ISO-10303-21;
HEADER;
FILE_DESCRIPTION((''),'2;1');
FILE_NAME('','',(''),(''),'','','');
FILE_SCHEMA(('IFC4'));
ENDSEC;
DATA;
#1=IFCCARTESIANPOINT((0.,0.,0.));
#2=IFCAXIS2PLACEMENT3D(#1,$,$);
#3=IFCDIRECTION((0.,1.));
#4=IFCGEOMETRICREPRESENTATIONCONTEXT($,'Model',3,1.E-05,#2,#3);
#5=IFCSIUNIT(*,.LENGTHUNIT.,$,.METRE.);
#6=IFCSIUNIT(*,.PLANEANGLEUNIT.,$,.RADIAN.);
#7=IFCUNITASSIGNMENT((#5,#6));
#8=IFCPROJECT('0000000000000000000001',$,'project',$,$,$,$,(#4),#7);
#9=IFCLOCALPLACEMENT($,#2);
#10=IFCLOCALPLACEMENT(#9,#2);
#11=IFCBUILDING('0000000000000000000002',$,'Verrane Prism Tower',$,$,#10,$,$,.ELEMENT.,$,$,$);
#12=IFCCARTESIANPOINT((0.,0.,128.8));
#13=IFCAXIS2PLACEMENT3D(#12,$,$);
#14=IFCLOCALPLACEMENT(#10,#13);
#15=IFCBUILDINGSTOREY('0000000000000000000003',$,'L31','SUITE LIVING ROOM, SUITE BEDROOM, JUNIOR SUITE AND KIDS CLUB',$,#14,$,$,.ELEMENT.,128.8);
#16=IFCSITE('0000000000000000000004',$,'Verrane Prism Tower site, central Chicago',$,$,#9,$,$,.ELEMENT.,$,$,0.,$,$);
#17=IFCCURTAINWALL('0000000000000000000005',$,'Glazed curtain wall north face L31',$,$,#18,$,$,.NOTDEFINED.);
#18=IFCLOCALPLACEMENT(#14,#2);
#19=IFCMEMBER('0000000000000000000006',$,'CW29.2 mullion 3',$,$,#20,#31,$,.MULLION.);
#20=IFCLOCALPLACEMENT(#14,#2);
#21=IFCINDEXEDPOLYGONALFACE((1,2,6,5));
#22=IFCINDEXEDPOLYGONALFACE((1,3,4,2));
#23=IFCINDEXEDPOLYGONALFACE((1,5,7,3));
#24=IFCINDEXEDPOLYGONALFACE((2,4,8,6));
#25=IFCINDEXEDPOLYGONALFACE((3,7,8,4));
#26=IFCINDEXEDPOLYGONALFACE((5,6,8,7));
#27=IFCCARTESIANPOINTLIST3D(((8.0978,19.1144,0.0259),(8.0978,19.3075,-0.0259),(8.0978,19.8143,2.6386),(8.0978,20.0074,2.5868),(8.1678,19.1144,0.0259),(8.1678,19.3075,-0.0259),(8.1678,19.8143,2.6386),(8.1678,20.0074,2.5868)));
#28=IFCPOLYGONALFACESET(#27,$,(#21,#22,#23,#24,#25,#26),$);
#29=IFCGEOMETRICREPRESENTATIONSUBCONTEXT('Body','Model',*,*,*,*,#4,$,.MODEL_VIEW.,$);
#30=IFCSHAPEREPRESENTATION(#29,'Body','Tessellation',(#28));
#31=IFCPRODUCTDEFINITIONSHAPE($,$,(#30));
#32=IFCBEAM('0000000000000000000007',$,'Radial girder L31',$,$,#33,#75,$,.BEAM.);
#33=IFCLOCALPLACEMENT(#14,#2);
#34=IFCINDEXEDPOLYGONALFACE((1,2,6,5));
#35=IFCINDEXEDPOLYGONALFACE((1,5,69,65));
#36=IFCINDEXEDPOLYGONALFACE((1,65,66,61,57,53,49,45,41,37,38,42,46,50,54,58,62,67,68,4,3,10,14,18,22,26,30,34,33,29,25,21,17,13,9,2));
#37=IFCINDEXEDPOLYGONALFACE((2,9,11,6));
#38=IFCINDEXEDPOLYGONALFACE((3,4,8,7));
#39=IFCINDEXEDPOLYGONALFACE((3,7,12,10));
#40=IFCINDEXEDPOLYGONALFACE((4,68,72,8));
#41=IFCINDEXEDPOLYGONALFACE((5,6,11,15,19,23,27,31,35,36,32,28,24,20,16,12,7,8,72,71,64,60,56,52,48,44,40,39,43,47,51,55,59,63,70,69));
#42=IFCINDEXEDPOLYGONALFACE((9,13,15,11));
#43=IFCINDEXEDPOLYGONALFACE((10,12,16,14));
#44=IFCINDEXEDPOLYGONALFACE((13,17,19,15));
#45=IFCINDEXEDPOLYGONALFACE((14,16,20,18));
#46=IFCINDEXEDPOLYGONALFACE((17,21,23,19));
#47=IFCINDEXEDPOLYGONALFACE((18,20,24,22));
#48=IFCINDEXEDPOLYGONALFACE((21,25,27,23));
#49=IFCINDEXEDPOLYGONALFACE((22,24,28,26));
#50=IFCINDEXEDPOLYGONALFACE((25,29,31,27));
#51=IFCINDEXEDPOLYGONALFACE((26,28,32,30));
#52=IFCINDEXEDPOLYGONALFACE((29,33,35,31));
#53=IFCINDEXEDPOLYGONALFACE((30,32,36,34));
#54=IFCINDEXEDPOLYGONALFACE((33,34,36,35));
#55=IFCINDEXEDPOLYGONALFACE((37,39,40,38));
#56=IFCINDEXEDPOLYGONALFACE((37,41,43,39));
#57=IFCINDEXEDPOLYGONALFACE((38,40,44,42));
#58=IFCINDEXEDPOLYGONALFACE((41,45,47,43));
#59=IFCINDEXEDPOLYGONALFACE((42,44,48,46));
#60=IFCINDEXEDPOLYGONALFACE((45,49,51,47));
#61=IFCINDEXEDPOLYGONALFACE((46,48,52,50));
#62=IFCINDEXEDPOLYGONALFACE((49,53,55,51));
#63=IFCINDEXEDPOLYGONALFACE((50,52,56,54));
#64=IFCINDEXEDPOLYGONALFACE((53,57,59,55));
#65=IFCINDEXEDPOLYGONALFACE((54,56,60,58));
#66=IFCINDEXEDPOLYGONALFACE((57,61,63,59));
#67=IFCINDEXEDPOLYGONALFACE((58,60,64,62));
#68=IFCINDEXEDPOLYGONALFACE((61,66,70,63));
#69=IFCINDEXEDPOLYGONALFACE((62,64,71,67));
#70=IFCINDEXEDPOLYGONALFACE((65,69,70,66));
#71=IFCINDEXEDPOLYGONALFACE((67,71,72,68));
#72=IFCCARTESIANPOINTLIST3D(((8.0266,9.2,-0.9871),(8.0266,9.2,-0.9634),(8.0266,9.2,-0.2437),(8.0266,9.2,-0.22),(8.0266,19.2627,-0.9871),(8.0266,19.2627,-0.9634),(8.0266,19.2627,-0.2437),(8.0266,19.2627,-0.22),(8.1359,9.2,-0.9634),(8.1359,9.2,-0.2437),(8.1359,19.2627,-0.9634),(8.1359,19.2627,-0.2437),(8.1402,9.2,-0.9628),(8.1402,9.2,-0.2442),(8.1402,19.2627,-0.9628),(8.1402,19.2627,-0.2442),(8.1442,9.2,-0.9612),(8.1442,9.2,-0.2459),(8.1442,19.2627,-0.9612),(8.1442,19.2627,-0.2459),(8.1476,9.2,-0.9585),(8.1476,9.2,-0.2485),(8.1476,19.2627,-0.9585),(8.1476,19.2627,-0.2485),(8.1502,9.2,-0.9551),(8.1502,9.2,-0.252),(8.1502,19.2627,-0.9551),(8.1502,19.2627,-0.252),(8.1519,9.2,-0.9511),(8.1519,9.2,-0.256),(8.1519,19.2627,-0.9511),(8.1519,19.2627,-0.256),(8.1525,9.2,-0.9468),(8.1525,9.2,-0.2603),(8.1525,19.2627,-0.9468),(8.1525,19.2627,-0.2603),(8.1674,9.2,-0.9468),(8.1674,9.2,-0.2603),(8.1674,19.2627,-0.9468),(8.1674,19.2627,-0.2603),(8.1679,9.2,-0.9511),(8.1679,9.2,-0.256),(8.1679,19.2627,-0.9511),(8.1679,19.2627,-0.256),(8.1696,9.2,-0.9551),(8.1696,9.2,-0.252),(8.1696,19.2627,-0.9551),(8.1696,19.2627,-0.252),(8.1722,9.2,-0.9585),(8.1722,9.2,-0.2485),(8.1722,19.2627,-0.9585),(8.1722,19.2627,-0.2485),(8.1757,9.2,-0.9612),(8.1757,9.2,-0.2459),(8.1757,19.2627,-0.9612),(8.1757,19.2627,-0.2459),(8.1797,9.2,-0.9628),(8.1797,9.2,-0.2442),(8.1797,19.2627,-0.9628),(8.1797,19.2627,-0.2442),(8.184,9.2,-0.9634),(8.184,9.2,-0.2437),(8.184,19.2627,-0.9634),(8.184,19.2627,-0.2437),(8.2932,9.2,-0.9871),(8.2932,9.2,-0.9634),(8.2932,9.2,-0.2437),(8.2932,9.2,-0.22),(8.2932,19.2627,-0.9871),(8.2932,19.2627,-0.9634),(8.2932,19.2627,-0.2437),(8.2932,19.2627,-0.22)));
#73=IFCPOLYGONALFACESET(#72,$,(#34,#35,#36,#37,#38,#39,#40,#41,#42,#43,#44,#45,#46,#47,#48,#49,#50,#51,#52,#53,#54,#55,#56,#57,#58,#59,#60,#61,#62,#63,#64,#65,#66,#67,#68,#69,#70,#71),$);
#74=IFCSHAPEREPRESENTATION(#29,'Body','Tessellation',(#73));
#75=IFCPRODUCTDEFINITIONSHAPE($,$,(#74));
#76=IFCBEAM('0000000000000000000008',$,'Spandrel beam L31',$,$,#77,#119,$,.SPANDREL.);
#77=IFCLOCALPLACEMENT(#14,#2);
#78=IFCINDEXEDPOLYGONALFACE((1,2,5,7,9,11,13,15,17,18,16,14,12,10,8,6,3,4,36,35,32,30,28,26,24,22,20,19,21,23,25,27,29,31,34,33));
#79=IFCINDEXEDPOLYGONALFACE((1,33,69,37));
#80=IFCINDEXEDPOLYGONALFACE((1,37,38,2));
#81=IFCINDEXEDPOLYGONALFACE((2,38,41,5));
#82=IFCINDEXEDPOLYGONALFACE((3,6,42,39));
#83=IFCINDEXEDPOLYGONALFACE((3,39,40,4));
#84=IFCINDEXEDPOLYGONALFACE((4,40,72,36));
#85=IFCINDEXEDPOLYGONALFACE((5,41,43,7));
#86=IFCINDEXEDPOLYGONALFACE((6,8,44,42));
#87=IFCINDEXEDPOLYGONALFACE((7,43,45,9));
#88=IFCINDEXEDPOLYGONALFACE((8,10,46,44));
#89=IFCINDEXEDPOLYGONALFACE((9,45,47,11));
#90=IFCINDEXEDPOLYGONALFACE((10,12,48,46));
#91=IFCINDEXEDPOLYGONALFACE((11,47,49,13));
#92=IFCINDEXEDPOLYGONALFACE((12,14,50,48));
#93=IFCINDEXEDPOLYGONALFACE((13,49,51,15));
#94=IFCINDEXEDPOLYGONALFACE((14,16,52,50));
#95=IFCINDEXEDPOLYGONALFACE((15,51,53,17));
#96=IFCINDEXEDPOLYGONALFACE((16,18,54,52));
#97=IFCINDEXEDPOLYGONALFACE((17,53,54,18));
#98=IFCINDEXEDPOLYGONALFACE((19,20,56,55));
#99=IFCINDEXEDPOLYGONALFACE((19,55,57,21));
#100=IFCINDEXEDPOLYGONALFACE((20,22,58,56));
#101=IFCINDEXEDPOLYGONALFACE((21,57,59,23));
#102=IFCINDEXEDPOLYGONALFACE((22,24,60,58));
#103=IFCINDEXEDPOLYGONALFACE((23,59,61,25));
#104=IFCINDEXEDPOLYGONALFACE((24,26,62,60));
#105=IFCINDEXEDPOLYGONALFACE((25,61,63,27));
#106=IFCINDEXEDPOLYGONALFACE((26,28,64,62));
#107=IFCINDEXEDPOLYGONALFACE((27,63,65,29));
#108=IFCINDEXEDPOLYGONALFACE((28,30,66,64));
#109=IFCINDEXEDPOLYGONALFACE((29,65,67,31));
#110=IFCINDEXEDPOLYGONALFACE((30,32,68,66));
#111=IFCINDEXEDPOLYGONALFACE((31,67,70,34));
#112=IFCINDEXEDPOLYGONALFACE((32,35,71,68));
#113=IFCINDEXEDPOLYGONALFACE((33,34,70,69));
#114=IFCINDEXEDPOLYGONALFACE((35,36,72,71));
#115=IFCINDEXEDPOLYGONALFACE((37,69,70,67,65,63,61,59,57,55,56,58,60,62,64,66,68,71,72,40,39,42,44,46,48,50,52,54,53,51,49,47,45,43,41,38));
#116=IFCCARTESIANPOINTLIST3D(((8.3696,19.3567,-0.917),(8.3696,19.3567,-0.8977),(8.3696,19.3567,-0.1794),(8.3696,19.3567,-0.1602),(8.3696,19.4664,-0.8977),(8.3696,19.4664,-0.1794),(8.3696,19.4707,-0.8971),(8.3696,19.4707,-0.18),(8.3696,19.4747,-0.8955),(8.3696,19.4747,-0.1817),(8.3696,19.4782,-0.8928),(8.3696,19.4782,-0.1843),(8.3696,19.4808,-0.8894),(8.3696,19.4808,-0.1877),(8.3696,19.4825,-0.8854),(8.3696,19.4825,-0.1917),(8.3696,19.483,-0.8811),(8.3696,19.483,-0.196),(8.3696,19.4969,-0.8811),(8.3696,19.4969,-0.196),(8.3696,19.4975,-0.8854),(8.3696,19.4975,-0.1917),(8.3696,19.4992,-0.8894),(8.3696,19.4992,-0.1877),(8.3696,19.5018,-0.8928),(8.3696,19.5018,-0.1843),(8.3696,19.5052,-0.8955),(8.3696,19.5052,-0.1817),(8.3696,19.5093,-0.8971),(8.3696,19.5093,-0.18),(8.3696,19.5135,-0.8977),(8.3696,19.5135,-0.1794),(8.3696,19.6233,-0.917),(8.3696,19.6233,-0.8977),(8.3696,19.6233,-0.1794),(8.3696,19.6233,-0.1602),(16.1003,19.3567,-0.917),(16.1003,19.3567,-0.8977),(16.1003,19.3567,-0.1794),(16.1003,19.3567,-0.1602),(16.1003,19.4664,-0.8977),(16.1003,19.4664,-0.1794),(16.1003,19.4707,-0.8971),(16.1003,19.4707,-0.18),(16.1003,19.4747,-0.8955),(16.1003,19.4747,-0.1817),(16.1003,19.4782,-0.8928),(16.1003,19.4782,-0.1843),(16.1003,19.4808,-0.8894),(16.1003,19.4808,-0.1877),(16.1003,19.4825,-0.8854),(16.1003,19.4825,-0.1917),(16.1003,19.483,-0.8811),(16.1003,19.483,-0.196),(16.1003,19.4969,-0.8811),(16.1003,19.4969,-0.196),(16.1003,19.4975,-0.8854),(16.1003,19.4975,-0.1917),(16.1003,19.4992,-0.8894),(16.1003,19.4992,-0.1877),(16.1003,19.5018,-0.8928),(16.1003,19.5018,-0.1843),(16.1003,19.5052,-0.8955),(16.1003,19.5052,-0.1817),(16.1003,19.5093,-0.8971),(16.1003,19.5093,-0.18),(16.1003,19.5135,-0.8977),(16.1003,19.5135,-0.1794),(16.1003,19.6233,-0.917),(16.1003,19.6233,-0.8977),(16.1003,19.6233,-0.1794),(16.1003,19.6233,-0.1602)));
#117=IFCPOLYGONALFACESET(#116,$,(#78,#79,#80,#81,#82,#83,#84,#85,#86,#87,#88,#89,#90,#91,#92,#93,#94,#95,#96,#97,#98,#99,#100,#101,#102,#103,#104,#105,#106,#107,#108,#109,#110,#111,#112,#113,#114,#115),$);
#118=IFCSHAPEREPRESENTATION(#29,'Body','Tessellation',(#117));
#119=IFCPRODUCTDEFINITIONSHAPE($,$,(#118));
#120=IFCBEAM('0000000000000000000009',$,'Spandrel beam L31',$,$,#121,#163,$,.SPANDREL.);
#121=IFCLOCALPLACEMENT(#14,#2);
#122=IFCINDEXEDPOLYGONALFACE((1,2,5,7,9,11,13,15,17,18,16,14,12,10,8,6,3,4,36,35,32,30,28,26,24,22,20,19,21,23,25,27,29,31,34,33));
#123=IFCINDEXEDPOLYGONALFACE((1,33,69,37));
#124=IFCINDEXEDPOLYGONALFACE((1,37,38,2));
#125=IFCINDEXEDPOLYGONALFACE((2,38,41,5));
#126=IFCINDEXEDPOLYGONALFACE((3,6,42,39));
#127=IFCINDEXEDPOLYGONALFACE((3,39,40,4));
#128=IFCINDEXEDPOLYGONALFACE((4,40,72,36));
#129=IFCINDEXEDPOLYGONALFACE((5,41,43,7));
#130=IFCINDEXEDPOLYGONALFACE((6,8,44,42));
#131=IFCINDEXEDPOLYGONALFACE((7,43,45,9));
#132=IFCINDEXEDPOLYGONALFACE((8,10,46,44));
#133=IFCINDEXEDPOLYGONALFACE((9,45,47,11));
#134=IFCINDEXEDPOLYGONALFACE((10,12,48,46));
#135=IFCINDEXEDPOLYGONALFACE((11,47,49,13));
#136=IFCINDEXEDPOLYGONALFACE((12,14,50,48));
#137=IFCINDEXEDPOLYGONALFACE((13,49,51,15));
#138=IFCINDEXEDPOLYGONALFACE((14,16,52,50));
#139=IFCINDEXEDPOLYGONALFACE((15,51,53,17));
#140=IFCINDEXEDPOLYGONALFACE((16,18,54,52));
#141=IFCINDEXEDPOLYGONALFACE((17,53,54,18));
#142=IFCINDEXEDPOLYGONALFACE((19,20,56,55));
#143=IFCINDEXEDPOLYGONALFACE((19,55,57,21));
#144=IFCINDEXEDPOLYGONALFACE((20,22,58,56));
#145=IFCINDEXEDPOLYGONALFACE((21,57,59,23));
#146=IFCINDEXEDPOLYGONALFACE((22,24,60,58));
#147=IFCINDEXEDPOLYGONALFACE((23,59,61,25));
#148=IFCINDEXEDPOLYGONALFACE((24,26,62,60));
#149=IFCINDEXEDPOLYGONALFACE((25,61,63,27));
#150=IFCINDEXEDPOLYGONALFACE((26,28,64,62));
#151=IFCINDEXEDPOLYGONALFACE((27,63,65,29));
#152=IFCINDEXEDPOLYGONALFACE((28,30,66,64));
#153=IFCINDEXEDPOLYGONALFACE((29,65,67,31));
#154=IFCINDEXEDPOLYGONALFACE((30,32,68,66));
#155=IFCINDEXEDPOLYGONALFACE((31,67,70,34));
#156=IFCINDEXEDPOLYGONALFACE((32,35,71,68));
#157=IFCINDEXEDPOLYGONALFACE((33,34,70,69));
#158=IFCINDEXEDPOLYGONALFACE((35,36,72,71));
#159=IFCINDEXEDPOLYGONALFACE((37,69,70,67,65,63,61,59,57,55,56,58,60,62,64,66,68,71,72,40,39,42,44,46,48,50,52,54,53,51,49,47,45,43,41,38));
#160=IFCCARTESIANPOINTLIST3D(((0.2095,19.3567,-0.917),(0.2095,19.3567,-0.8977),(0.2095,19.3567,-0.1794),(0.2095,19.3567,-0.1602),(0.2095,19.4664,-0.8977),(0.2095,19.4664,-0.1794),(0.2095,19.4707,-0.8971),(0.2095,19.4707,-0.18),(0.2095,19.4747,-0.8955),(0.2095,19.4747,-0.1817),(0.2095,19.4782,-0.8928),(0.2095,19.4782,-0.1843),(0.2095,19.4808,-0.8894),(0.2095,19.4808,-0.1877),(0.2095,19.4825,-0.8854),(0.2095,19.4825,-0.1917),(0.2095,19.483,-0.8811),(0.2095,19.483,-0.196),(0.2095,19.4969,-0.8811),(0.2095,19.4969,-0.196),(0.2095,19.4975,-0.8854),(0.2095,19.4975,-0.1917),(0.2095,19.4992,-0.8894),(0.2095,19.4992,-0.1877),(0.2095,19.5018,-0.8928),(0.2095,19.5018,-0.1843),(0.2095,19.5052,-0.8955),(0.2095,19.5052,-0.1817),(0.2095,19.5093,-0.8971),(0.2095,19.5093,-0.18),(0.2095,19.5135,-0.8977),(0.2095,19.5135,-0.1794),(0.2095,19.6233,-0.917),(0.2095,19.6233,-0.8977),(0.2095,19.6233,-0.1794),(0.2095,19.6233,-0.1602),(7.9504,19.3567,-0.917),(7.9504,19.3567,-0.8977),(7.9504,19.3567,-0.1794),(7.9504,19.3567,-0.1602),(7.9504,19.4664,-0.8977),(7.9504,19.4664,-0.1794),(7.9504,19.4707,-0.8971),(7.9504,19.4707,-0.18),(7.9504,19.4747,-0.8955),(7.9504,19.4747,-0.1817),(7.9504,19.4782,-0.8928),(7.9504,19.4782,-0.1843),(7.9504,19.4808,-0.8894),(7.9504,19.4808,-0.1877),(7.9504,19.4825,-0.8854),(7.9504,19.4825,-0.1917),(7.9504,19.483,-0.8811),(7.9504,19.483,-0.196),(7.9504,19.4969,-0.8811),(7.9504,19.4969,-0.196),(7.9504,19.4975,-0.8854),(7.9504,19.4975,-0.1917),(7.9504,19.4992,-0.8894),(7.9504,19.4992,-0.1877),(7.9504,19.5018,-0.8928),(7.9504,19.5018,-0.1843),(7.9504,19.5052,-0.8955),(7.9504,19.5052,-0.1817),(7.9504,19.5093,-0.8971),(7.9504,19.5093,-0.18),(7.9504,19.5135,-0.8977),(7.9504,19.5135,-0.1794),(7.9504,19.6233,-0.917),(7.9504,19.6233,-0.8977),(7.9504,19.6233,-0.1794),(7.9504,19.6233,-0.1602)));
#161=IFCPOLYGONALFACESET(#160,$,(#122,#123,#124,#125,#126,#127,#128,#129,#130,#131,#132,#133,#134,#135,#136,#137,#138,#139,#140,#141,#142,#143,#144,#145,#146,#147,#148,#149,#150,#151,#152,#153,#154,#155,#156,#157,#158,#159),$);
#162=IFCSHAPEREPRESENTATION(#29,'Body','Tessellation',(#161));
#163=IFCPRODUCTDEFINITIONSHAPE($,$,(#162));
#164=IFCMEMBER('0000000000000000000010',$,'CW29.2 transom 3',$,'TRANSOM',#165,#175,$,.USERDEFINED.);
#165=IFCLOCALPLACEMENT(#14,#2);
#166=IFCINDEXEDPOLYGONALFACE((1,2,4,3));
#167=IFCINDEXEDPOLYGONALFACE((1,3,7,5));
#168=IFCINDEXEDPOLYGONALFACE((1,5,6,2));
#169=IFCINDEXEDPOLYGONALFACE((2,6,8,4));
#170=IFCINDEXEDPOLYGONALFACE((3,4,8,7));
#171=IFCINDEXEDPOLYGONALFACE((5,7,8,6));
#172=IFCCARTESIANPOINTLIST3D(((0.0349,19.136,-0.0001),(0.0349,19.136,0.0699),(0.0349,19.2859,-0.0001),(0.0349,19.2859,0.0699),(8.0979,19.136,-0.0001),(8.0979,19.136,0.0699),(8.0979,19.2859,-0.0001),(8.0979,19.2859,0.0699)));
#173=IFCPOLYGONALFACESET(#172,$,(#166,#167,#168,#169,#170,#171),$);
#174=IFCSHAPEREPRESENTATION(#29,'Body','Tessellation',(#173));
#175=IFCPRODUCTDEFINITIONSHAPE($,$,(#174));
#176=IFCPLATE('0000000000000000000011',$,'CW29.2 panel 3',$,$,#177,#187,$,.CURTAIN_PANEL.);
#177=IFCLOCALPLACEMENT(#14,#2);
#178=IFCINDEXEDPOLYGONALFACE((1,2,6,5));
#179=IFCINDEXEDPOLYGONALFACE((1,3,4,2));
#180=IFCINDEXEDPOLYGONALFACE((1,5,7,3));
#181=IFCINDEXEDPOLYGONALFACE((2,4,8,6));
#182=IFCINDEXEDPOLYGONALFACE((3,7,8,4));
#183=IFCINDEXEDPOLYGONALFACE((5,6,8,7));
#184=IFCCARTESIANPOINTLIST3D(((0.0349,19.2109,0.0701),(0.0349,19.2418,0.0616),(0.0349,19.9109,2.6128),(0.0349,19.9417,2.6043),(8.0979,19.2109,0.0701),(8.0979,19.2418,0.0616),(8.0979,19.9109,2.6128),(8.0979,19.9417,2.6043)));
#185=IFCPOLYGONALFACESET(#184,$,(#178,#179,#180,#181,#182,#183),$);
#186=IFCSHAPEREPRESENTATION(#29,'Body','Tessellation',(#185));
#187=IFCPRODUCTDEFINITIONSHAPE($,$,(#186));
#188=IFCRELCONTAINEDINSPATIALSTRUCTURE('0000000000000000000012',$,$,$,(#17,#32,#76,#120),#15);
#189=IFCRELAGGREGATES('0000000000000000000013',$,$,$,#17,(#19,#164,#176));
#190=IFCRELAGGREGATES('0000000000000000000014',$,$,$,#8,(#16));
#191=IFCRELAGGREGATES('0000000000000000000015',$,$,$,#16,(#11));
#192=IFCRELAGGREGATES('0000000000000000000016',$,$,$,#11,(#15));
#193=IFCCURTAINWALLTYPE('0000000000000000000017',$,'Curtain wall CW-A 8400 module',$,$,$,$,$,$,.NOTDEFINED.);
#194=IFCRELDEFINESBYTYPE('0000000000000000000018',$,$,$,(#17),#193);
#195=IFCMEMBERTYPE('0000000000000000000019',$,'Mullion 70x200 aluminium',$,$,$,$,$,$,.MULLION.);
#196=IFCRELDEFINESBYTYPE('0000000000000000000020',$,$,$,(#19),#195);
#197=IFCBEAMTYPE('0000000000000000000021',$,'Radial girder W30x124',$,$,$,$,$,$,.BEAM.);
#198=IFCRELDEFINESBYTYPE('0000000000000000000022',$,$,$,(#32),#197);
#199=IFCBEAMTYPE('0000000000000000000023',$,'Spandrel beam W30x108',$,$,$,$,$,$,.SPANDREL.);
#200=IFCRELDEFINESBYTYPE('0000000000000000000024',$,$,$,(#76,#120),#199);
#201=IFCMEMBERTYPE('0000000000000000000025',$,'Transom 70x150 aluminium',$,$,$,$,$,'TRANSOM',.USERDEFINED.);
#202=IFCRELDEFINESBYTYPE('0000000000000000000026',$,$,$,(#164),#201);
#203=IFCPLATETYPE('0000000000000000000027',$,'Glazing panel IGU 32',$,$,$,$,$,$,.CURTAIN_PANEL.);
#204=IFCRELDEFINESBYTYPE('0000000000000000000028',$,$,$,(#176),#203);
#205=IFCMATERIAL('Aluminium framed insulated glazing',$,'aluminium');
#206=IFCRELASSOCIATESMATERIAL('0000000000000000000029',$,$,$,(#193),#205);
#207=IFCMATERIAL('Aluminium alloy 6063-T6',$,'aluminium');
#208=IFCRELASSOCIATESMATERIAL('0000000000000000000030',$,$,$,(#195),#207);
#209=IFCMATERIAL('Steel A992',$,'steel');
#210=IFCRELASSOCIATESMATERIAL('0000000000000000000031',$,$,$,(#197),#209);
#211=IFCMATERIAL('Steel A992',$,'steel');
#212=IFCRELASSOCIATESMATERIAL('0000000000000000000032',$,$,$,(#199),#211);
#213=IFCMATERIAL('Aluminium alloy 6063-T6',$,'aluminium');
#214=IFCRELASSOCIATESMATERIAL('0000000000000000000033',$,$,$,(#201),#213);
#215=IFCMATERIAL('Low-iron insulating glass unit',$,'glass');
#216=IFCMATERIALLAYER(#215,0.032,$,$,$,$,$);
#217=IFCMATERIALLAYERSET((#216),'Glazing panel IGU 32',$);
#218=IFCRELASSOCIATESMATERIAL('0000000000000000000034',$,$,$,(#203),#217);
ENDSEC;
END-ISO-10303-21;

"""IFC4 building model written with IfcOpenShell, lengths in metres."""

from ifc_helpers import new_model, si_unit, direction, frame, origin, origin_2d, place, context, subcontext, project, spatial, polyline, rectangle, i_section, outline, extrude, material, layer, layer_set, material_profile, profile_set, type_object, element, aggregate, save


model = new_model("IFC4")

# Units and contexts
model_context = context("Model", 3, precision=1e-05, world=origin(), true_north=direction((0.0, 1.0)))
body_context = subcontext(model_context, "Body", "Model", "MODEL_VIEW")
ifc_project = project(units=[si_unit("LENGTHUNIT", "METRE"), si_unit("PLANEANGLEUNIT", "RADIAN")], contexts=[model_context])

# Site, building, storey
site_placement = place(None, origin())
site = spatial("IfcSite", under=ifc_project, at=site_placement, Name="Verrane Prism Tower site, central Chicago", CompositionType="ELEMENT", RefElevation=0.0)
building_placement = place(site_placement, origin())
building = spatial("IfcBuilding", under=site, at=building_placement, Name="Verrane Prism Tower", CompositionType="ELEMENT")
storey_placement = place(building_placement, frame((0.0, 0.0, 128.8)))
storey = spatial("IfcBuildingStorey", under=building, at=storey_placement, Name="L31", Description="SUITE LIVING ROOM, SUITE BEDROOM, JUNIOR SUITE AND KIDS CLUB", CompositionType="ELEMENT", Elevation=128.8)

# Curtain wall, member
ifc_material_1 = material(Name="Aluminium framed insulated glazing", Category="aluminium")
curtain_wall_type = type_object("IfcCurtainWallType", Name="Curtain wall CW-A 8400 module", PredefinedType="NOTDEFINED", material=ifc_material_1)
curtain_wall_placement = place(storey_placement, origin())
curtain_wall = element("IfcCurtainWall", 1, at=curtain_wall_placement, inside=storey, type_object=curtain_wall_type, Name="Glazed curtain wall north face L31", PredefinedType="NOTDEFINED")
ifc_material_2 = material(Name="Aluminium alloy 6063-T6", Category="aluminium")
ifc_material_profile_1 = material_profile(ifc_material_2, rectangle(XDim=0.2, YDim=0.0701, at=origin_2d()), Name="Mullion 70x200 aluminium")
ifc_profile_set_1 = profile_set([ifc_material_profile_1], Name="Aluminium alloy 6063-T6")
member_type_1 = type_object("IfcMemberType", Name="Mullion 70x200 aluminium", PredefinedType="MULLION", material=ifc_profile_set_1)
member_1_placement = place(storey_placement, frame((8.1328, 19.2109, 0.0), z_axis=(0.0, 0.258769, 0.965939), x_axis=(0.0, 0.965939, -0.258769)))
member_1 = element("IfcMember", 2, at=member_1_placement, type_object=member_type_1, Name="CW29.2 mullion 3", PredefinedType="MULLION", context=body_context, shape_type="SweptSolid", body=[
    extrude(rectangle(XDim=0.2, YDim=0.0701, at=origin_2d()), origin(), (0.0, 0.0, 1.0), 2.7048),
])

# Beams
ifc_material_3 = material(Name="Steel A992", Category="steel")
ifc_material_profile_2 = material_profile(ifc_material_3, i_section(OverallWidth=0.2666, OverallDepth=0.7671, WebThickness=0.0149, FlangeThickness=0.0237, FilletRadius=0.0166, at=origin_2d()), Name="W30x124")
ifc_profile_set_2 = profile_set([ifc_material_profile_2], Name="Steel A992")
beam_type_1 = type_object("IfcBeamType", Name="Radial girder W30x124", PredefinedType="BEAM", material=ifc_profile_set_2)
beam_1_placement = place(storey_placement, frame((8.1599, 19.2627, -0.6035), z_axis=(0.0, -1.0, 0.0), x_axis=(1.0, 0.0, 0.0)))
element("IfcBeam", 3, at=beam_1_placement, inside=storey, type_object=beam_type_1, Name="Radial girder L31", PredefinedType="BEAM", context=body_context, shape_type="SweptSolid", body=[
    extrude(i_section(OverallWidth=0.2666, OverallDepth=0.7671, WebThickness=0.0149, FlangeThickness=0.0237, FilletRadius=0.0166, at=origin_2d()), origin(), (0.0, 0.0, 1.0), 10.0627),
])
ifc_material_4 = material(Name="Steel A992", Category="steel")
ifc_material_profile_3 = material_profile(ifc_material_4, i_section(OverallWidth=0.2666, OverallDepth=0.7568, WebThickness=0.0139, FlangeThickness=0.0193, FilletRadius=0.0166, at=origin_2d()), Name="W30x108")
ifc_profile_set_3 = profile_set([ifc_material_profile_3], Name="Steel A992")
beam_type_2 = type_object("IfcBeamType", Name="Spandrel beam W30x108", PredefinedType="SPANDREL", material=ifc_profile_set_3)
beam_2_placement = place(storey_placement, frame((16.1003, 19.49, -0.5386), z_axis=(-1.0, 0.0, 0.0), x_axis=(0.0, -1.0, 0.0)))
element("IfcBeam", 4, at=beam_2_placement, inside=storey, type_object=beam_type_2, Name="Spandrel beam L31", PredefinedType="SPANDREL", context=body_context, shape_type="SweptSolid", body=[
    extrude(i_section(OverallWidth=0.2666, OverallDepth=0.7568, WebThickness=0.0139, FlangeThickness=0.0193, FilletRadius=0.0166, at=origin_2d()), origin(), (0.0, 0.0, 1.0), 7.7307),
])
beam_3_placement = place(storey_placement, frame((7.9504, 19.49, -0.5386), z_axis=(-1.0, 0.0, 0.0), x_axis=(0.0, -1.0, 0.0)))
element("IfcBeam", 5, at=beam_3_placement, inside=storey, type_object=beam_type_2, Name="Spandrel beam L31", PredefinedType="SPANDREL", context=body_context, shape_type="SweptSolid", body=[
    extrude(i_section(OverallWidth=0.2666, OverallDepth=0.7568, WebThickness=0.0139, FlangeThickness=0.0193, FilletRadius=0.0166, at=origin_2d()), origin(), (0.0, 0.0, 1.0), 7.741),
])

# Member
ifc_material_5 = material(Name="Aluminium alloy 6063-T6", Category="aluminium")
ifc_material_profile_4 = material_profile(ifc_material_5, rectangle(XDim=0.1499, YDim=0.0701, at=origin_2d()), Name="Transom 70x150 aluminium")
ifc_profile_set_4 = profile_set([ifc_material_profile_4], Name="Aluminium alloy 6063-T6")
member_type_2 = type_object("IfcMemberType", Name="Transom 70x150 aluminium", ElementType="TRANSOM", PredefinedType="USERDEFINED", material=ifc_profile_set_4)
member_2_placement = place(storey_placement, frame((8.0979, 19.2109, 0.0349), z_axis=(-1.0, 0.0, 0.0), x_axis=(0.0, -1.0, 0.0)))
member_2 = element("IfcMember", 6, at=member_2_placement, type_object=member_type_2, Name="CW29.2 transom 3", ObjectType="TRANSOM", PredefinedType="USERDEFINED", context=body_context, shape_type="SweptSolid", body=[
    extrude(rectangle(XDim=0.1499, YDim=0.0701, at=origin_2d()), origin(), (0.0, 0.0, 1.0), 8.063),
])

# Plate
ifc_material_6 = material(Name="Low-iron insulating glass unit", Category="glass")
ifc_layer_1 = layer(ifc_material_6, 0.032)
ifc_layer_set_1 = layer_set([ifc_layer_1], Name="Glazing panel IGU 32")
plate_type = type_object("IfcPlateType", Name="Glazing panel IGU 32", PredefinedType="CURTAIN_PANEL", material=ifc_layer_set_1)
plate_placement = place(storey_placement, frame((8.0979, 19.2109, 0.0701), z_axis=(0.0, -0.964137, 0.265404), x_axis=(-1.0, 0.0, 0.0)))
plate = element("IfcPlate", 7, at=plate_placement, type_object=plate_type, Name="CW29.2 panel 3", PredefinedType="CURTAIN_PANEL", context=body_context, shape_type="SweptSolid", body=[
    extrude(outline(polyline([(0.0, 0.0), (8.063, 0.0), (8.063, -2.6373), (0.0, -2.6373), (0.0, 0.0)])), origin(), (0.0, 0.0, -1.0), 0.032),
])
aggregate(curtain_wall, [member_1, member_2, plate])

save(model, "model.ifc")
